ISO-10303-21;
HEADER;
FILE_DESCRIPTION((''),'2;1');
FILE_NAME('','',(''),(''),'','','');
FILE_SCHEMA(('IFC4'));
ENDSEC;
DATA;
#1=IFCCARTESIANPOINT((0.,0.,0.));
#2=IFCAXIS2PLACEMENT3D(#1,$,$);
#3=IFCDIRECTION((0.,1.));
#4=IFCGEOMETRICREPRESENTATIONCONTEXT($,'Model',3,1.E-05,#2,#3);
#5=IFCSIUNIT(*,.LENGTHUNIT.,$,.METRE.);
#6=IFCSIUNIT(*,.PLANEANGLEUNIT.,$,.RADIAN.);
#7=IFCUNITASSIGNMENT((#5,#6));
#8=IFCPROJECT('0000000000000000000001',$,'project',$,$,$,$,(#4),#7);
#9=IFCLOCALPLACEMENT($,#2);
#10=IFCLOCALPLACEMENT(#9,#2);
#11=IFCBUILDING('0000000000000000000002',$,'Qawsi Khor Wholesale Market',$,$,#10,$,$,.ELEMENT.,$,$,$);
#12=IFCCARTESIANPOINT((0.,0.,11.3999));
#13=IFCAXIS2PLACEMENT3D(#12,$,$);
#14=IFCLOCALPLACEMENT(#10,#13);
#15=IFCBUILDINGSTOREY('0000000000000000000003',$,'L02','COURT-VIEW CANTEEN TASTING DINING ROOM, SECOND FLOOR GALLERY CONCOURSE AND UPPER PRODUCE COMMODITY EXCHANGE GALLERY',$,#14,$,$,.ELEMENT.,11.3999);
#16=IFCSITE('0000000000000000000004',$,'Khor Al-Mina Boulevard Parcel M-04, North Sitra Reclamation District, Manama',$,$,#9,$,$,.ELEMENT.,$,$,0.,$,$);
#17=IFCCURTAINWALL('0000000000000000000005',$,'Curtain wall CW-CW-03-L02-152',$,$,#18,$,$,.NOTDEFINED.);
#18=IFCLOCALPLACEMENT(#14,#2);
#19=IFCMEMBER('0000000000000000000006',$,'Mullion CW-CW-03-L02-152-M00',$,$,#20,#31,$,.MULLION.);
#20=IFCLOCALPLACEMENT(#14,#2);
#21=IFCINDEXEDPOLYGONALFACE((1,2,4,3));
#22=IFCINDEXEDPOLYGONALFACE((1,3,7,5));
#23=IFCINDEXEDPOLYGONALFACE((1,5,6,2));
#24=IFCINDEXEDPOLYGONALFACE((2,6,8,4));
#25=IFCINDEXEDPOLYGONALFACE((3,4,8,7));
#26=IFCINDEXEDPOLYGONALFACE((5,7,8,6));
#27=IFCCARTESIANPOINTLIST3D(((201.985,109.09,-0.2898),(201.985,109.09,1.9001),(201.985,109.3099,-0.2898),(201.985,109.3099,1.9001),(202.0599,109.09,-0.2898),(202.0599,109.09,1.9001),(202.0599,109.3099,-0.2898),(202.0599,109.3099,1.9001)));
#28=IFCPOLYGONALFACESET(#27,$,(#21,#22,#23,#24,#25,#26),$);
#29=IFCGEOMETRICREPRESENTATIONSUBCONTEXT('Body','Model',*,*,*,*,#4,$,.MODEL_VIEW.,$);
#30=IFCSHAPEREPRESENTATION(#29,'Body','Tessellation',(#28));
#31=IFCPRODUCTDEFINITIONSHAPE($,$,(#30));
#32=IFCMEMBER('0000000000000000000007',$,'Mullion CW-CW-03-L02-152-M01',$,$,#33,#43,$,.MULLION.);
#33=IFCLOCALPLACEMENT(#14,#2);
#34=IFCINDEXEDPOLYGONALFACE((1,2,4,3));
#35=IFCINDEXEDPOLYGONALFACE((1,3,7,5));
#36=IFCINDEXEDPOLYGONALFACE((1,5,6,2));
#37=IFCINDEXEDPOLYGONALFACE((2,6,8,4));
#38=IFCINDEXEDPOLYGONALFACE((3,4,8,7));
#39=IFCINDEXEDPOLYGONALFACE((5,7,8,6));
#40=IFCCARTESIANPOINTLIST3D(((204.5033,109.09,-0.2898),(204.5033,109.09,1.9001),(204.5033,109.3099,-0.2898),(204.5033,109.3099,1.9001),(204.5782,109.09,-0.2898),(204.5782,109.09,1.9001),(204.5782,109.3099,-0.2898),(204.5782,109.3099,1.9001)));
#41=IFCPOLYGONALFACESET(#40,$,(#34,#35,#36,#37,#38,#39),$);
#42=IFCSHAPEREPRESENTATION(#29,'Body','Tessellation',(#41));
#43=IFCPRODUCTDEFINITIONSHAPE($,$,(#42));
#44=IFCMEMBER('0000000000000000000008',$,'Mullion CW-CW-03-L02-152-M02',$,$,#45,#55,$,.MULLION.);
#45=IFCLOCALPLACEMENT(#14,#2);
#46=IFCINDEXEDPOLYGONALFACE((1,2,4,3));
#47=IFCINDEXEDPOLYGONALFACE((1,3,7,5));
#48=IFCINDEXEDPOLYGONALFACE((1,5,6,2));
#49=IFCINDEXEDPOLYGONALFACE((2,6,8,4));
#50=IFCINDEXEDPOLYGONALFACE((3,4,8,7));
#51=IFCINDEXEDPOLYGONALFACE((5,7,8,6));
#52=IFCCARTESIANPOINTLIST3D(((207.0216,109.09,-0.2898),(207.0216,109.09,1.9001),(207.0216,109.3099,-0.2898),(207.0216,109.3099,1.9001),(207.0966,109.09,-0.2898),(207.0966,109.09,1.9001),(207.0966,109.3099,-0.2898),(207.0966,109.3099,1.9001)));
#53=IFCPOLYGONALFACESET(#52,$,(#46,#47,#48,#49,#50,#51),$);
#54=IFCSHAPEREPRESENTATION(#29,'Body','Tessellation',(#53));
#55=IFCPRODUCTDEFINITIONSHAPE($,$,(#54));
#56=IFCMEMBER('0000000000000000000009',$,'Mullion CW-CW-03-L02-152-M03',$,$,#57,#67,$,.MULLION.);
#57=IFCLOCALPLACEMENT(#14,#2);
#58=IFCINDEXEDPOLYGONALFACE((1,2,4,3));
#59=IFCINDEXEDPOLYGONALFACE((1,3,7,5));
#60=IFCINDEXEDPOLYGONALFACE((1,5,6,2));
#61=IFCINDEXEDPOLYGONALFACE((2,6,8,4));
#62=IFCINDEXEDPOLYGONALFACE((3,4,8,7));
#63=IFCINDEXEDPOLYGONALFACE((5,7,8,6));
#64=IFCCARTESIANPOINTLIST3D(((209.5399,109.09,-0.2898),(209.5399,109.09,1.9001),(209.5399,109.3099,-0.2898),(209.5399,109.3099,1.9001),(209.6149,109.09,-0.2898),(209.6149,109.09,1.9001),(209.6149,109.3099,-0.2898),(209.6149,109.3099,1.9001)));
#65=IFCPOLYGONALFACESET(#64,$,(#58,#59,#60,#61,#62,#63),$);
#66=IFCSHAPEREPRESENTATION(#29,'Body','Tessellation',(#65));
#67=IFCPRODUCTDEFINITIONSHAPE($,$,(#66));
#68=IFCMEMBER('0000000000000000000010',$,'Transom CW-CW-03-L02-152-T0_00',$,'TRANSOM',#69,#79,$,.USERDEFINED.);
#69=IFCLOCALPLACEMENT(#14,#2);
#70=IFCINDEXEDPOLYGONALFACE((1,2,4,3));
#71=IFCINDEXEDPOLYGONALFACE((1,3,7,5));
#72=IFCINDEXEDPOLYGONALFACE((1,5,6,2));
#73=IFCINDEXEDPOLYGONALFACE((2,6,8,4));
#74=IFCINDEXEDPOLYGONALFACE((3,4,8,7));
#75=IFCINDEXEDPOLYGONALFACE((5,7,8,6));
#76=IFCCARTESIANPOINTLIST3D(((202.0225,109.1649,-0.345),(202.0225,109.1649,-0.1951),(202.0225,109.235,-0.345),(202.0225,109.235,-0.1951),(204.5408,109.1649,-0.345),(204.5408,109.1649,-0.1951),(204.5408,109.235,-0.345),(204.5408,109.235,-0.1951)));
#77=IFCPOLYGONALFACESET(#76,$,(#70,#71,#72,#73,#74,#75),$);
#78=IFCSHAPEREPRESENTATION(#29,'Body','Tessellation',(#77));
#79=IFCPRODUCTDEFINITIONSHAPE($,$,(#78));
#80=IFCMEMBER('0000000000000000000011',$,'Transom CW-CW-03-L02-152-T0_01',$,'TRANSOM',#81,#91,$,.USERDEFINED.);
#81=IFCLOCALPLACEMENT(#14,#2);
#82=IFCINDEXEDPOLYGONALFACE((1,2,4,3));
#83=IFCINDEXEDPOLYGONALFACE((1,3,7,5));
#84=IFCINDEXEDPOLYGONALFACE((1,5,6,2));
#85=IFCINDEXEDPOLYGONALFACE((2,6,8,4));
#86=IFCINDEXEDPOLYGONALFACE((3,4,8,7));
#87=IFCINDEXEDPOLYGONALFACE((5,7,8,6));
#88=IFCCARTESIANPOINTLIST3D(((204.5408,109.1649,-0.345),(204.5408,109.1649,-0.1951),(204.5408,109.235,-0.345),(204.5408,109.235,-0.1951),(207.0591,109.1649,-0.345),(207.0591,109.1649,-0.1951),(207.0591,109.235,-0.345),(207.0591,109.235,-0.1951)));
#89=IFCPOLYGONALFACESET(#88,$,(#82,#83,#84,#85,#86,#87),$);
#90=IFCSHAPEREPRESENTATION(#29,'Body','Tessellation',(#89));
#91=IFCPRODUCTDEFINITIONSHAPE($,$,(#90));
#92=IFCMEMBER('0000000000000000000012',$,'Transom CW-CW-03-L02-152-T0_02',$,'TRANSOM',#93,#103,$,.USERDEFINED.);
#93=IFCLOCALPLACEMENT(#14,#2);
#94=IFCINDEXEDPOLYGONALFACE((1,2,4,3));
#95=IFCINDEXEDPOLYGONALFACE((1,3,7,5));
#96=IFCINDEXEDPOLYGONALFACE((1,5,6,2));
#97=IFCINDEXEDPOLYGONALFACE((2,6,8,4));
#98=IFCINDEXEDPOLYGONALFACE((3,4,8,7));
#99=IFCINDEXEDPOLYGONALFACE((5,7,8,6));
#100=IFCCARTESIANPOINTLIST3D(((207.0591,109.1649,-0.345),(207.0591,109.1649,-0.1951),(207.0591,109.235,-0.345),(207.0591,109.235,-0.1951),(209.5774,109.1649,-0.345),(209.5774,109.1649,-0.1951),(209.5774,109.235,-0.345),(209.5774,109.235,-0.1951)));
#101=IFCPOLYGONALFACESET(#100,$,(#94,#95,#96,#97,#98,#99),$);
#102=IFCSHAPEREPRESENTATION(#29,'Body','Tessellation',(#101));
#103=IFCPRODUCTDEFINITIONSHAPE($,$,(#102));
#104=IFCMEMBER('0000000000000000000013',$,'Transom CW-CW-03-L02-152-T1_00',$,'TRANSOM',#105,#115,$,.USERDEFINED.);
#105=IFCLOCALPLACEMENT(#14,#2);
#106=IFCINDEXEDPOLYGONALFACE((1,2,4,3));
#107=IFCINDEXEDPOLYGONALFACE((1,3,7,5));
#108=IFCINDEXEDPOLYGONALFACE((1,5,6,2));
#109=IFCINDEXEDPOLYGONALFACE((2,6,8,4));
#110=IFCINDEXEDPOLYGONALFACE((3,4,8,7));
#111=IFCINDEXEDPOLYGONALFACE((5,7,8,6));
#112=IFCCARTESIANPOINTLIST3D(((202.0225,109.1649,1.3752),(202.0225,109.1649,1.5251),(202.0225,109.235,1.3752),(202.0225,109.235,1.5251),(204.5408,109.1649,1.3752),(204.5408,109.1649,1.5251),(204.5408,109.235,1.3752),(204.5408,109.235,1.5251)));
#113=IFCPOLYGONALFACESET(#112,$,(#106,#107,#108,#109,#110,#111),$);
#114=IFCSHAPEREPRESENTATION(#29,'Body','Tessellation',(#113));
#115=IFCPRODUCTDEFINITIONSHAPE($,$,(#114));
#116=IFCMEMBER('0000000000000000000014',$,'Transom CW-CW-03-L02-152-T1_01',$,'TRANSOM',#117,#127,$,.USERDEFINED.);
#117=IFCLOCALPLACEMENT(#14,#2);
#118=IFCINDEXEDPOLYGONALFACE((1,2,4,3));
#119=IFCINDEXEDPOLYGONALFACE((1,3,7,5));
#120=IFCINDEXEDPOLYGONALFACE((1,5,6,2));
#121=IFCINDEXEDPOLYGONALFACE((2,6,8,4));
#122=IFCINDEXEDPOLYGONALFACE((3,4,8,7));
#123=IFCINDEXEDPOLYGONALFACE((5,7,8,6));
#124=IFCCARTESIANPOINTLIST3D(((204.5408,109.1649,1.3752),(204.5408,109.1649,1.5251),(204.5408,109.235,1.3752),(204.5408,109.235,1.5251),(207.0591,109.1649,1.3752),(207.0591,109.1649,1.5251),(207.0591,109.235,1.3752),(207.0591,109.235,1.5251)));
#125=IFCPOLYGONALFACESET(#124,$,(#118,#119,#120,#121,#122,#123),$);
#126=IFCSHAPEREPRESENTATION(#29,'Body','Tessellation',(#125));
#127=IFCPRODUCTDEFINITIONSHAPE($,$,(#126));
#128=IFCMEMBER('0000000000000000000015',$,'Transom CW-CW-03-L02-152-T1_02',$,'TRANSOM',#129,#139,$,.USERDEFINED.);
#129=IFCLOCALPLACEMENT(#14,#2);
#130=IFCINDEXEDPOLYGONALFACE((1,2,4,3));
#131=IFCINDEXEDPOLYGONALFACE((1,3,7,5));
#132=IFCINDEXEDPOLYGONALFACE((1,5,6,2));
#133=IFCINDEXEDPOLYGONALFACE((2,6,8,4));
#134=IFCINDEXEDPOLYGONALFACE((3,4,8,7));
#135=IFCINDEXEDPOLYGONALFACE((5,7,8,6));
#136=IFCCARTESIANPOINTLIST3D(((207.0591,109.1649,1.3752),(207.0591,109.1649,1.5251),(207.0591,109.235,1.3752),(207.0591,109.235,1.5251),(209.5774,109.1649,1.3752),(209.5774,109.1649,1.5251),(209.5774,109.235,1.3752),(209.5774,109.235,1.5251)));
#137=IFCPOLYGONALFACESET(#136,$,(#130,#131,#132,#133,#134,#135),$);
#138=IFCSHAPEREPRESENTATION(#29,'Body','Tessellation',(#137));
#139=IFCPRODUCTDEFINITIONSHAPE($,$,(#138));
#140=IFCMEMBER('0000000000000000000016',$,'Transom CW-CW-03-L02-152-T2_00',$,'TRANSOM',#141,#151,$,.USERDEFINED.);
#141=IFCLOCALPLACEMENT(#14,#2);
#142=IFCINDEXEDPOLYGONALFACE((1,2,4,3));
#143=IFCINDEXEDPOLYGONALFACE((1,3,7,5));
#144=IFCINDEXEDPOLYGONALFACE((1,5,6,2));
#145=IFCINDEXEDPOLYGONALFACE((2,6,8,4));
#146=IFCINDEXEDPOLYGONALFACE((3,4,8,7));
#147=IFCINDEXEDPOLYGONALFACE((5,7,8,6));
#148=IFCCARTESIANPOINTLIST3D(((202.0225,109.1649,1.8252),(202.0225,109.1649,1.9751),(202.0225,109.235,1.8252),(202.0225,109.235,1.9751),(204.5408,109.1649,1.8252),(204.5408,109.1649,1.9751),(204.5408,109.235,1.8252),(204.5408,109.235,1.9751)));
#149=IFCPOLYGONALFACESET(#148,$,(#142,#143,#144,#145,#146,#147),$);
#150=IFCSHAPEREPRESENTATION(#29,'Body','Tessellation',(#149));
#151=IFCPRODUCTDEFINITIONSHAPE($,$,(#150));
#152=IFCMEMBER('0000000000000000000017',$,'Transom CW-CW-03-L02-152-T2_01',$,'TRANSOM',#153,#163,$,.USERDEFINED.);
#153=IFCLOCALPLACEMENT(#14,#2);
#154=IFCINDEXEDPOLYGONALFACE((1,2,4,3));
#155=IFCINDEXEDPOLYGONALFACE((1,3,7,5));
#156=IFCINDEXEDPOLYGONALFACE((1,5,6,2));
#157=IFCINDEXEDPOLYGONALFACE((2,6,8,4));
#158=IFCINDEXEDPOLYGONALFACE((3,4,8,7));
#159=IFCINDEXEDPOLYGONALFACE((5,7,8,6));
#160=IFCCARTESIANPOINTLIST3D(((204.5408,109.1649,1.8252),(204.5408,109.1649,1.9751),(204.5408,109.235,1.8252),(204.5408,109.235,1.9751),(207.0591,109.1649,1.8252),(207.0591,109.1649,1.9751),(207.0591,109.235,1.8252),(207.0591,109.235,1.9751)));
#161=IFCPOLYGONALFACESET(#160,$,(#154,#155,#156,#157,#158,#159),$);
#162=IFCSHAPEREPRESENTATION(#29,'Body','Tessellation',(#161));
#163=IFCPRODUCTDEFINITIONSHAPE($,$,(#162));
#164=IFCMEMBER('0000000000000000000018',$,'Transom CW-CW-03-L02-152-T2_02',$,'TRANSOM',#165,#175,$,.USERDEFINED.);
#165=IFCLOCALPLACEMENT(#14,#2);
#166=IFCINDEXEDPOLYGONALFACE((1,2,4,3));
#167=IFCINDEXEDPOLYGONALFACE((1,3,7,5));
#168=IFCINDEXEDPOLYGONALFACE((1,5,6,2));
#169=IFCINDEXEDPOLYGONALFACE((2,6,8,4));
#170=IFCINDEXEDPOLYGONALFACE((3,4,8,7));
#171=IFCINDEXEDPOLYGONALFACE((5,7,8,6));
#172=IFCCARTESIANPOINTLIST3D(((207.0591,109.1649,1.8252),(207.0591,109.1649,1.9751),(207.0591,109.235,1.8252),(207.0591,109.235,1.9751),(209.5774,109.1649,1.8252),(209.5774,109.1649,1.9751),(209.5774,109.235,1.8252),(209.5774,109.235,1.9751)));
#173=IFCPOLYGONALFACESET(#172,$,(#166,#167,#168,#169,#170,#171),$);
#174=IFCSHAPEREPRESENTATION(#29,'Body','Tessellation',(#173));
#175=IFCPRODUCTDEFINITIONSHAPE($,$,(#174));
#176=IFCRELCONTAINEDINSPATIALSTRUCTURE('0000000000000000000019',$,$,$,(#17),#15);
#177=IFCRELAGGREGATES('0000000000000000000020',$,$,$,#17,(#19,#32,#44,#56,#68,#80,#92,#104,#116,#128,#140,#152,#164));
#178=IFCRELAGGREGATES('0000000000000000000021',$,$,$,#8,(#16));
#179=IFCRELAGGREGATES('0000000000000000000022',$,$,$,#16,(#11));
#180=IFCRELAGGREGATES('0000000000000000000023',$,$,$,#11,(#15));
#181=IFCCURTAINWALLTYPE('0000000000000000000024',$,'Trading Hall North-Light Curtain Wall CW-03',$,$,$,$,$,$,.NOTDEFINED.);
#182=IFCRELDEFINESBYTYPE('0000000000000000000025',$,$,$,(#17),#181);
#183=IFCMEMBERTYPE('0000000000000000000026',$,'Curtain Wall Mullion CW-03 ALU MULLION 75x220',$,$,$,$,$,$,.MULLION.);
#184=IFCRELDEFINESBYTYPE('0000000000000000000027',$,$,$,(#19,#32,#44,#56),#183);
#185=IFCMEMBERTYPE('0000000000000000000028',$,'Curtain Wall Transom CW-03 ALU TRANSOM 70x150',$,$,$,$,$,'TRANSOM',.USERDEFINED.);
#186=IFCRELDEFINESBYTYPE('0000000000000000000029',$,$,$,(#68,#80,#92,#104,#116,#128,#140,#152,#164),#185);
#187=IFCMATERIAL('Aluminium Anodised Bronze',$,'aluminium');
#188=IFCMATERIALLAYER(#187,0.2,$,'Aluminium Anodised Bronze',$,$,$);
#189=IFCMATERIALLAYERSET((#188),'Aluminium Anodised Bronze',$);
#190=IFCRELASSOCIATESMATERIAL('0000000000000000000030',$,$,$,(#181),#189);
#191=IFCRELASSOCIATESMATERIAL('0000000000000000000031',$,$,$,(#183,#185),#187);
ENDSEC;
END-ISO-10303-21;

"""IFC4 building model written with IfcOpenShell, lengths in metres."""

from ifc_helpers import new_model, si_unit, direction, frame, origin, origin_2d, place, context, subcontext, project, spatial, rectangle, extrude, material, layer, layer_set, material_profile, profile_set, type_object, element, aggregate, save


model = new_model("IFC4")

# Units and contexts
model_context = context("Model", 3, precision=1e-05, world=origin(), true_north=direction((0.0, 1.0)))
body_context = subcontext(model_context, "Body", "Model", "MODEL_VIEW")
ifc_project = project(units=[si_unit("LENGTHUNIT", "METRE"), si_unit("PLANEANGLEUNIT", "RADIAN")], contexts=[model_context])

# Site, building, storey
site_placement = place(None, origin())
site = spatial("IfcSite", under=ifc_project, at=site_placement, Name="Khor Al-Mina Boulevard Parcel M-04, North Sitra Reclamation District, Manama", CompositionType="ELEMENT", RefElevation=0.0)
building_placement = place(site_placement, origin())
building = spatial("IfcBuilding", under=site, at=building_placement, Name="Qawsi Khor Wholesale Market", CompositionType="ELEMENT")
storey_placement = place(building_placement, frame((0.0, 0.0, 11.3999)))
storey = spatial("IfcBuildingStorey", under=building, at=storey_placement, Name="L02", Description="COURT-VIEW CANTEEN TASTING DINING ROOM, SECOND FLOOR GALLERY CONCOURSE AND UPPER PRODUCE COMMODITY EXCHANGE GALLERY", CompositionType="ELEMENT", Elevation=11.3999)

# Curtain wall, members
ifc_material_1 = material(Name="Aluminium Anodised Bronze", Category="aluminium")
ifc_layer_1 = layer(ifc_material_1, 0.2, Name="Aluminium Anodised Bronze")
ifc_layer_set_1 = layer_set([ifc_layer_1], Name="Aluminium Anodised Bronze")
curtain_wall_type = type_object("IfcCurtainWallType", Name="Trading Hall North-Light Curtain Wall CW-03", PredefinedType="NOTDEFINED", material=ifc_layer_set_1)
curtain_wall_placement = place(storey_placement, origin())
curtain_wall = element("IfcCurtainWall", 1, at=curtain_wall_placement, inside=storey, type_object=curtain_wall_type, Name="Curtain wall CW-CW-03-L02-152", PredefinedType="NOTDEFINED")
ifc_material_profile_1 = material_profile(ifc_material_1, rectangle(XDim=0.075, YDim=0.22, at=origin_2d()), Name="ALU MULLION 75x220")
ifc_profile_set_1 = profile_set([ifc_material_profile_1], Name="Aluminium Anodised Bronze")
member_type_1 = type_object("IfcMemberType", Name="Curtain Wall Mullion CW-03 ALU MULLION 75x220", PredefinedType="MULLION", material=ifc_profile_set_1)
member_1_placement = place(storey_placement, frame((202.0225, 109.2, -0.2898), z_axis=(0.0, 0.0, 1.0), x_axis=(1.0, 0.0, 0.0)))
member_1 = element("IfcMember", 2, at=member_1_placement, type_object=member_type_1, Name="Mullion CW-CW-03-L02-152-M00", PredefinedType="MULLION", context=body_context, shape_type="SweptSolid", body=[
    extrude(rectangle(XDim=0.075, YDim=0.22, at=origin_2d()), origin(), (0.0, 0.0, 1.0), 2.1899),
])
member_2_placement = place(storey_placement, frame((204.5408, 109.2, -0.2898), z_axis=(0.0, 0.0, 1.0), x_axis=(1.0, 0.0, 0.0)))
member_2 = element("IfcMember", 3, at=member_2_placement, type_object=member_type_1, Name="Mullion CW-CW-03-L02-152-M01", PredefinedType="MULLION", context=body_context, shape_type="SweptSolid", body=[
    extrude(rectangle(XDim=0.075, YDim=0.22, at=origin_2d()), origin(), (0.0, 0.0, 1.0), 2.1899),
])
member_3_placement = place(storey_placement, frame((207.0591, 109.2, -0.2898), z_axis=(0.0, 0.0, 1.0), x_axis=(1.0, 0.0, 0.0)))
member_3 = element("IfcMember", 4, at=member_3_placement, type_object=member_type_1, Name="Mullion CW-CW-03-L02-152-M02", PredefinedType="MULLION", context=body_context, shape_type="SweptSolid", body=[
    extrude(rectangle(XDim=0.075, YDim=0.22, at=origin_2d()), origin(), (0.0, 0.0, 1.0), 2.1899),
])
member_4_placement = place(storey_placement, frame((209.5774, 109.2, -0.2898), z_axis=(0.0, 0.0, 1.0), x_axis=(1.0, 0.0, 0.0)))
member_4 = element("IfcMember", 5, at=member_4_placement, type_object=member_type_1, Name="Mullion CW-CW-03-L02-152-M03", PredefinedType="MULLION", context=body_context, shape_type="SweptSolid", body=[
    extrude(rectangle(XDim=0.075, YDim=0.22, at=origin_2d()), origin(), (0.0, 0.0, 1.0), 2.1899),
])
ifc_material_profile_2 = material_profile(ifc_material_1, rectangle(XDim=0.0701, YDim=0.1499, at=origin_2d()), Name="ALU TRANSOM 70x150")
ifc_profile_set_2 = profile_set([ifc_material_profile_2], Name="Aluminium Anodised Bronze")
member_type_2 = type_object("IfcMemberType", Name="Curtain Wall Transom CW-03 ALU TRANSOM 70x150", ElementType="TRANSOM", PredefinedType="USERDEFINED", material=ifc_profile_set_2)
member_5_placement = place(storey_placement, frame((202.0225, 109.2, -0.27), z_axis=(1.0, 0.0, 0.0), x_axis=(0.0, 1.0, 0.0)))
member_5 = element("IfcMember", 6, at=member_5_placement, type_object=member_type_2, Name="Transom CW-CW-03-L02-152-T0_00", ObjectType="TRANSOM", PredefinedType="USERDEFINED", context=body_context, shape_type="SweptSolid", body=[
    extrude(rectangle(XDim=0.0701, YDim=0.1499, at=origin_2d()), origin(), (0.0, 0.0, 1.0), 2.5183),
])
member_6_placement = place(storey_placement, frame((204.5408, 109.2, -0.27), z_axis=(1.0, 0.0, 0.0), x_axis=(0.0, 1.0, 0.0)))
member_6 = element("IfcMember", 7, at=member_6_placement, type_object=member_type_2, Name="Transom CW-CW-03-L02-152-T0_01", ObjectType="TRANSOM", PredefinedType="USERDEFINED", context=body_context, shape_type="SweptSolid", body=[
    extrude(rectangle(XDim=0.0701, YDim=0.1499, at=origin_2d()), origin(), (0.0, 0.0, 1.0), 2.5183),
])
member_7_placement = place(storey_placement, frame((207.0591, 109.2, -0.27), z_axis=(1.0, 0.0, 0.0), x_axis=(0.0, 1.0, 0.0)))
member_7 = element("IfcMember", 8, at=member_7_placement, type_object=member_type_2, Name="Transom CW-CW-03-L02-152-T0_02", ObjectType="TRANSOM", PredefinedType="USERDEFINED", context=body_context, shape_type="SweptSolid", body=[
    extrude(rectangle(XDim=0.0701, YDim=0.1499, at=origin_2d()), origin(), (0.0, 0.0, 1.0), 2.5183),
])
member_8_placement = place(storey_placement, frame((202.0225, 109.2, 1.4502), z_axis=(1.0, 0.0, 0.0), x_axis=(0.0, 1.0, 0.0)))
member_8 = element("IfcMember", 9, at=member_8_placement, type_object=member_type_2, Name="Transom CW-CW-03-L02-152-T1_00", ObjectType="TRANSOM", PredefinedType="USERDEFINED", context=body_context, shape_type="SweptSolid", body=[
    extrude(rectangle(XDim=0.0701, YDim=0.1499, at=origin_2d()), origin(), (0.0, 0.0, 1.0), 2.5183),
])
member_9_placement = place(storey_placement, frame((204.5408, 109.2, 1.4502), z_axis=(1.0, 0.0, 0.0), x_axis=(0.0, 1.0, 0.0)))
member_9 = element("IfcMember", 10, at=member_9_placement, type_object=member_type_2, Name="Transom CW-CW-03-L02-152-T1_01", ObjectType="TRANSOM", PredefinedType="USERDEFINED", context=body_context, shape_type="SweptSolid", body=[
    extrude(rectangle(XDim=0.0701, YDim=0.1499, at=origin_2d()), origin(), (0.0, 0.0, 1.0), 2.5183),
])
member_10_placement = place(storey_placement, frame((207.0591, 109.2, 1.4502), z_axis=(1.0, 0.0, 0.0), x_axis=(0.0, 1.0, 0.0)))
member_10 = element("IfcMember", 11, at=member_10_placement, type_object=member_type_2, Name="Transom CW-CW-03-L02-152-T1_02", ObjectType="TRANSOM", PredefinedType="USERDEFINED", context=body_context, shape_type="SweptSolid", body=[
    extrude(rectangle(XDim=0.0701, YDim=0.1499, at=origin_2d()), origin(), (0.0, 0.0, 1.0), 2.5183),
])
member_11_placement = place(storey_placement, frame((202.0225, 109.2, 1.9001), z_axis=(1.0, 0.0, 0.0), x_axis=(0.0, 1.0, 0.0)))
member_11 = element("IfcMember", 12, at=member_11_placement, type_object=member_type_2, Name="Transom CW-CW-03-L02-152-T2_00", ObjectType="TRANSOM", PredefinedType="USERDEFINED", context=body_context, shape_type="SweptSolid", body=[
    extrude(rectangle(XDim=0.0701, YDim=0.1499, at=origin_2d()), origin(), (0.0, 0.0, 1.0), 2.5183),
])
member_12_placement = place(storey_placement, frame((204.5408, 109.2, 1.9001), z_axis=(1.0, 0.0, 0.0), x_axis=(0.0, 1.0, 0.0)))
member_12 = element("IfcMember", 13, at=member_12_placement, type_object=member_type_2, Name="Transom CW-CW-03-L02-152-T2_01", ObjectType="TRANSOM", PredefinedType="USERDEFINED", context=body_context, shape_type="SweptSolid", body=[
    extrude(rectangle(XDim=0.0701, YDim=0.1499, at=origin_2d()), origin(), (0.0, 0.0, 1.0), 2.5183),
])
member_13_placement = place(storey_placement, frame((207.0591, 109.2, 1.9001), z_axis=(1.0, 0.0, 0.0), x_axis=(0.0, 1.0, 0.0)))
member_13 = element("IfcMember", 14, at=member_13_placement, type_object=member_type_2, Name="Transom CW-CW-03-L02-152-T2_02", ObjectType="TRANSOM", PredefinedType="USERDEFINED", context=body_context, shape_type="SweptSolid", body=[
    extrude(rectangle(XDim=0.0701, YDim=0.1499, at=origin_2d()), origin(), (0.0, 0.0, 1.0), 2.5183),
])

aggregate(curtain_wall, [member_1, member_2, member_3, member_4, member_5, member_6, member_7, member_8, member_9, member_10, member_11, member_12, member_13])

save(model, "model.ifc")
